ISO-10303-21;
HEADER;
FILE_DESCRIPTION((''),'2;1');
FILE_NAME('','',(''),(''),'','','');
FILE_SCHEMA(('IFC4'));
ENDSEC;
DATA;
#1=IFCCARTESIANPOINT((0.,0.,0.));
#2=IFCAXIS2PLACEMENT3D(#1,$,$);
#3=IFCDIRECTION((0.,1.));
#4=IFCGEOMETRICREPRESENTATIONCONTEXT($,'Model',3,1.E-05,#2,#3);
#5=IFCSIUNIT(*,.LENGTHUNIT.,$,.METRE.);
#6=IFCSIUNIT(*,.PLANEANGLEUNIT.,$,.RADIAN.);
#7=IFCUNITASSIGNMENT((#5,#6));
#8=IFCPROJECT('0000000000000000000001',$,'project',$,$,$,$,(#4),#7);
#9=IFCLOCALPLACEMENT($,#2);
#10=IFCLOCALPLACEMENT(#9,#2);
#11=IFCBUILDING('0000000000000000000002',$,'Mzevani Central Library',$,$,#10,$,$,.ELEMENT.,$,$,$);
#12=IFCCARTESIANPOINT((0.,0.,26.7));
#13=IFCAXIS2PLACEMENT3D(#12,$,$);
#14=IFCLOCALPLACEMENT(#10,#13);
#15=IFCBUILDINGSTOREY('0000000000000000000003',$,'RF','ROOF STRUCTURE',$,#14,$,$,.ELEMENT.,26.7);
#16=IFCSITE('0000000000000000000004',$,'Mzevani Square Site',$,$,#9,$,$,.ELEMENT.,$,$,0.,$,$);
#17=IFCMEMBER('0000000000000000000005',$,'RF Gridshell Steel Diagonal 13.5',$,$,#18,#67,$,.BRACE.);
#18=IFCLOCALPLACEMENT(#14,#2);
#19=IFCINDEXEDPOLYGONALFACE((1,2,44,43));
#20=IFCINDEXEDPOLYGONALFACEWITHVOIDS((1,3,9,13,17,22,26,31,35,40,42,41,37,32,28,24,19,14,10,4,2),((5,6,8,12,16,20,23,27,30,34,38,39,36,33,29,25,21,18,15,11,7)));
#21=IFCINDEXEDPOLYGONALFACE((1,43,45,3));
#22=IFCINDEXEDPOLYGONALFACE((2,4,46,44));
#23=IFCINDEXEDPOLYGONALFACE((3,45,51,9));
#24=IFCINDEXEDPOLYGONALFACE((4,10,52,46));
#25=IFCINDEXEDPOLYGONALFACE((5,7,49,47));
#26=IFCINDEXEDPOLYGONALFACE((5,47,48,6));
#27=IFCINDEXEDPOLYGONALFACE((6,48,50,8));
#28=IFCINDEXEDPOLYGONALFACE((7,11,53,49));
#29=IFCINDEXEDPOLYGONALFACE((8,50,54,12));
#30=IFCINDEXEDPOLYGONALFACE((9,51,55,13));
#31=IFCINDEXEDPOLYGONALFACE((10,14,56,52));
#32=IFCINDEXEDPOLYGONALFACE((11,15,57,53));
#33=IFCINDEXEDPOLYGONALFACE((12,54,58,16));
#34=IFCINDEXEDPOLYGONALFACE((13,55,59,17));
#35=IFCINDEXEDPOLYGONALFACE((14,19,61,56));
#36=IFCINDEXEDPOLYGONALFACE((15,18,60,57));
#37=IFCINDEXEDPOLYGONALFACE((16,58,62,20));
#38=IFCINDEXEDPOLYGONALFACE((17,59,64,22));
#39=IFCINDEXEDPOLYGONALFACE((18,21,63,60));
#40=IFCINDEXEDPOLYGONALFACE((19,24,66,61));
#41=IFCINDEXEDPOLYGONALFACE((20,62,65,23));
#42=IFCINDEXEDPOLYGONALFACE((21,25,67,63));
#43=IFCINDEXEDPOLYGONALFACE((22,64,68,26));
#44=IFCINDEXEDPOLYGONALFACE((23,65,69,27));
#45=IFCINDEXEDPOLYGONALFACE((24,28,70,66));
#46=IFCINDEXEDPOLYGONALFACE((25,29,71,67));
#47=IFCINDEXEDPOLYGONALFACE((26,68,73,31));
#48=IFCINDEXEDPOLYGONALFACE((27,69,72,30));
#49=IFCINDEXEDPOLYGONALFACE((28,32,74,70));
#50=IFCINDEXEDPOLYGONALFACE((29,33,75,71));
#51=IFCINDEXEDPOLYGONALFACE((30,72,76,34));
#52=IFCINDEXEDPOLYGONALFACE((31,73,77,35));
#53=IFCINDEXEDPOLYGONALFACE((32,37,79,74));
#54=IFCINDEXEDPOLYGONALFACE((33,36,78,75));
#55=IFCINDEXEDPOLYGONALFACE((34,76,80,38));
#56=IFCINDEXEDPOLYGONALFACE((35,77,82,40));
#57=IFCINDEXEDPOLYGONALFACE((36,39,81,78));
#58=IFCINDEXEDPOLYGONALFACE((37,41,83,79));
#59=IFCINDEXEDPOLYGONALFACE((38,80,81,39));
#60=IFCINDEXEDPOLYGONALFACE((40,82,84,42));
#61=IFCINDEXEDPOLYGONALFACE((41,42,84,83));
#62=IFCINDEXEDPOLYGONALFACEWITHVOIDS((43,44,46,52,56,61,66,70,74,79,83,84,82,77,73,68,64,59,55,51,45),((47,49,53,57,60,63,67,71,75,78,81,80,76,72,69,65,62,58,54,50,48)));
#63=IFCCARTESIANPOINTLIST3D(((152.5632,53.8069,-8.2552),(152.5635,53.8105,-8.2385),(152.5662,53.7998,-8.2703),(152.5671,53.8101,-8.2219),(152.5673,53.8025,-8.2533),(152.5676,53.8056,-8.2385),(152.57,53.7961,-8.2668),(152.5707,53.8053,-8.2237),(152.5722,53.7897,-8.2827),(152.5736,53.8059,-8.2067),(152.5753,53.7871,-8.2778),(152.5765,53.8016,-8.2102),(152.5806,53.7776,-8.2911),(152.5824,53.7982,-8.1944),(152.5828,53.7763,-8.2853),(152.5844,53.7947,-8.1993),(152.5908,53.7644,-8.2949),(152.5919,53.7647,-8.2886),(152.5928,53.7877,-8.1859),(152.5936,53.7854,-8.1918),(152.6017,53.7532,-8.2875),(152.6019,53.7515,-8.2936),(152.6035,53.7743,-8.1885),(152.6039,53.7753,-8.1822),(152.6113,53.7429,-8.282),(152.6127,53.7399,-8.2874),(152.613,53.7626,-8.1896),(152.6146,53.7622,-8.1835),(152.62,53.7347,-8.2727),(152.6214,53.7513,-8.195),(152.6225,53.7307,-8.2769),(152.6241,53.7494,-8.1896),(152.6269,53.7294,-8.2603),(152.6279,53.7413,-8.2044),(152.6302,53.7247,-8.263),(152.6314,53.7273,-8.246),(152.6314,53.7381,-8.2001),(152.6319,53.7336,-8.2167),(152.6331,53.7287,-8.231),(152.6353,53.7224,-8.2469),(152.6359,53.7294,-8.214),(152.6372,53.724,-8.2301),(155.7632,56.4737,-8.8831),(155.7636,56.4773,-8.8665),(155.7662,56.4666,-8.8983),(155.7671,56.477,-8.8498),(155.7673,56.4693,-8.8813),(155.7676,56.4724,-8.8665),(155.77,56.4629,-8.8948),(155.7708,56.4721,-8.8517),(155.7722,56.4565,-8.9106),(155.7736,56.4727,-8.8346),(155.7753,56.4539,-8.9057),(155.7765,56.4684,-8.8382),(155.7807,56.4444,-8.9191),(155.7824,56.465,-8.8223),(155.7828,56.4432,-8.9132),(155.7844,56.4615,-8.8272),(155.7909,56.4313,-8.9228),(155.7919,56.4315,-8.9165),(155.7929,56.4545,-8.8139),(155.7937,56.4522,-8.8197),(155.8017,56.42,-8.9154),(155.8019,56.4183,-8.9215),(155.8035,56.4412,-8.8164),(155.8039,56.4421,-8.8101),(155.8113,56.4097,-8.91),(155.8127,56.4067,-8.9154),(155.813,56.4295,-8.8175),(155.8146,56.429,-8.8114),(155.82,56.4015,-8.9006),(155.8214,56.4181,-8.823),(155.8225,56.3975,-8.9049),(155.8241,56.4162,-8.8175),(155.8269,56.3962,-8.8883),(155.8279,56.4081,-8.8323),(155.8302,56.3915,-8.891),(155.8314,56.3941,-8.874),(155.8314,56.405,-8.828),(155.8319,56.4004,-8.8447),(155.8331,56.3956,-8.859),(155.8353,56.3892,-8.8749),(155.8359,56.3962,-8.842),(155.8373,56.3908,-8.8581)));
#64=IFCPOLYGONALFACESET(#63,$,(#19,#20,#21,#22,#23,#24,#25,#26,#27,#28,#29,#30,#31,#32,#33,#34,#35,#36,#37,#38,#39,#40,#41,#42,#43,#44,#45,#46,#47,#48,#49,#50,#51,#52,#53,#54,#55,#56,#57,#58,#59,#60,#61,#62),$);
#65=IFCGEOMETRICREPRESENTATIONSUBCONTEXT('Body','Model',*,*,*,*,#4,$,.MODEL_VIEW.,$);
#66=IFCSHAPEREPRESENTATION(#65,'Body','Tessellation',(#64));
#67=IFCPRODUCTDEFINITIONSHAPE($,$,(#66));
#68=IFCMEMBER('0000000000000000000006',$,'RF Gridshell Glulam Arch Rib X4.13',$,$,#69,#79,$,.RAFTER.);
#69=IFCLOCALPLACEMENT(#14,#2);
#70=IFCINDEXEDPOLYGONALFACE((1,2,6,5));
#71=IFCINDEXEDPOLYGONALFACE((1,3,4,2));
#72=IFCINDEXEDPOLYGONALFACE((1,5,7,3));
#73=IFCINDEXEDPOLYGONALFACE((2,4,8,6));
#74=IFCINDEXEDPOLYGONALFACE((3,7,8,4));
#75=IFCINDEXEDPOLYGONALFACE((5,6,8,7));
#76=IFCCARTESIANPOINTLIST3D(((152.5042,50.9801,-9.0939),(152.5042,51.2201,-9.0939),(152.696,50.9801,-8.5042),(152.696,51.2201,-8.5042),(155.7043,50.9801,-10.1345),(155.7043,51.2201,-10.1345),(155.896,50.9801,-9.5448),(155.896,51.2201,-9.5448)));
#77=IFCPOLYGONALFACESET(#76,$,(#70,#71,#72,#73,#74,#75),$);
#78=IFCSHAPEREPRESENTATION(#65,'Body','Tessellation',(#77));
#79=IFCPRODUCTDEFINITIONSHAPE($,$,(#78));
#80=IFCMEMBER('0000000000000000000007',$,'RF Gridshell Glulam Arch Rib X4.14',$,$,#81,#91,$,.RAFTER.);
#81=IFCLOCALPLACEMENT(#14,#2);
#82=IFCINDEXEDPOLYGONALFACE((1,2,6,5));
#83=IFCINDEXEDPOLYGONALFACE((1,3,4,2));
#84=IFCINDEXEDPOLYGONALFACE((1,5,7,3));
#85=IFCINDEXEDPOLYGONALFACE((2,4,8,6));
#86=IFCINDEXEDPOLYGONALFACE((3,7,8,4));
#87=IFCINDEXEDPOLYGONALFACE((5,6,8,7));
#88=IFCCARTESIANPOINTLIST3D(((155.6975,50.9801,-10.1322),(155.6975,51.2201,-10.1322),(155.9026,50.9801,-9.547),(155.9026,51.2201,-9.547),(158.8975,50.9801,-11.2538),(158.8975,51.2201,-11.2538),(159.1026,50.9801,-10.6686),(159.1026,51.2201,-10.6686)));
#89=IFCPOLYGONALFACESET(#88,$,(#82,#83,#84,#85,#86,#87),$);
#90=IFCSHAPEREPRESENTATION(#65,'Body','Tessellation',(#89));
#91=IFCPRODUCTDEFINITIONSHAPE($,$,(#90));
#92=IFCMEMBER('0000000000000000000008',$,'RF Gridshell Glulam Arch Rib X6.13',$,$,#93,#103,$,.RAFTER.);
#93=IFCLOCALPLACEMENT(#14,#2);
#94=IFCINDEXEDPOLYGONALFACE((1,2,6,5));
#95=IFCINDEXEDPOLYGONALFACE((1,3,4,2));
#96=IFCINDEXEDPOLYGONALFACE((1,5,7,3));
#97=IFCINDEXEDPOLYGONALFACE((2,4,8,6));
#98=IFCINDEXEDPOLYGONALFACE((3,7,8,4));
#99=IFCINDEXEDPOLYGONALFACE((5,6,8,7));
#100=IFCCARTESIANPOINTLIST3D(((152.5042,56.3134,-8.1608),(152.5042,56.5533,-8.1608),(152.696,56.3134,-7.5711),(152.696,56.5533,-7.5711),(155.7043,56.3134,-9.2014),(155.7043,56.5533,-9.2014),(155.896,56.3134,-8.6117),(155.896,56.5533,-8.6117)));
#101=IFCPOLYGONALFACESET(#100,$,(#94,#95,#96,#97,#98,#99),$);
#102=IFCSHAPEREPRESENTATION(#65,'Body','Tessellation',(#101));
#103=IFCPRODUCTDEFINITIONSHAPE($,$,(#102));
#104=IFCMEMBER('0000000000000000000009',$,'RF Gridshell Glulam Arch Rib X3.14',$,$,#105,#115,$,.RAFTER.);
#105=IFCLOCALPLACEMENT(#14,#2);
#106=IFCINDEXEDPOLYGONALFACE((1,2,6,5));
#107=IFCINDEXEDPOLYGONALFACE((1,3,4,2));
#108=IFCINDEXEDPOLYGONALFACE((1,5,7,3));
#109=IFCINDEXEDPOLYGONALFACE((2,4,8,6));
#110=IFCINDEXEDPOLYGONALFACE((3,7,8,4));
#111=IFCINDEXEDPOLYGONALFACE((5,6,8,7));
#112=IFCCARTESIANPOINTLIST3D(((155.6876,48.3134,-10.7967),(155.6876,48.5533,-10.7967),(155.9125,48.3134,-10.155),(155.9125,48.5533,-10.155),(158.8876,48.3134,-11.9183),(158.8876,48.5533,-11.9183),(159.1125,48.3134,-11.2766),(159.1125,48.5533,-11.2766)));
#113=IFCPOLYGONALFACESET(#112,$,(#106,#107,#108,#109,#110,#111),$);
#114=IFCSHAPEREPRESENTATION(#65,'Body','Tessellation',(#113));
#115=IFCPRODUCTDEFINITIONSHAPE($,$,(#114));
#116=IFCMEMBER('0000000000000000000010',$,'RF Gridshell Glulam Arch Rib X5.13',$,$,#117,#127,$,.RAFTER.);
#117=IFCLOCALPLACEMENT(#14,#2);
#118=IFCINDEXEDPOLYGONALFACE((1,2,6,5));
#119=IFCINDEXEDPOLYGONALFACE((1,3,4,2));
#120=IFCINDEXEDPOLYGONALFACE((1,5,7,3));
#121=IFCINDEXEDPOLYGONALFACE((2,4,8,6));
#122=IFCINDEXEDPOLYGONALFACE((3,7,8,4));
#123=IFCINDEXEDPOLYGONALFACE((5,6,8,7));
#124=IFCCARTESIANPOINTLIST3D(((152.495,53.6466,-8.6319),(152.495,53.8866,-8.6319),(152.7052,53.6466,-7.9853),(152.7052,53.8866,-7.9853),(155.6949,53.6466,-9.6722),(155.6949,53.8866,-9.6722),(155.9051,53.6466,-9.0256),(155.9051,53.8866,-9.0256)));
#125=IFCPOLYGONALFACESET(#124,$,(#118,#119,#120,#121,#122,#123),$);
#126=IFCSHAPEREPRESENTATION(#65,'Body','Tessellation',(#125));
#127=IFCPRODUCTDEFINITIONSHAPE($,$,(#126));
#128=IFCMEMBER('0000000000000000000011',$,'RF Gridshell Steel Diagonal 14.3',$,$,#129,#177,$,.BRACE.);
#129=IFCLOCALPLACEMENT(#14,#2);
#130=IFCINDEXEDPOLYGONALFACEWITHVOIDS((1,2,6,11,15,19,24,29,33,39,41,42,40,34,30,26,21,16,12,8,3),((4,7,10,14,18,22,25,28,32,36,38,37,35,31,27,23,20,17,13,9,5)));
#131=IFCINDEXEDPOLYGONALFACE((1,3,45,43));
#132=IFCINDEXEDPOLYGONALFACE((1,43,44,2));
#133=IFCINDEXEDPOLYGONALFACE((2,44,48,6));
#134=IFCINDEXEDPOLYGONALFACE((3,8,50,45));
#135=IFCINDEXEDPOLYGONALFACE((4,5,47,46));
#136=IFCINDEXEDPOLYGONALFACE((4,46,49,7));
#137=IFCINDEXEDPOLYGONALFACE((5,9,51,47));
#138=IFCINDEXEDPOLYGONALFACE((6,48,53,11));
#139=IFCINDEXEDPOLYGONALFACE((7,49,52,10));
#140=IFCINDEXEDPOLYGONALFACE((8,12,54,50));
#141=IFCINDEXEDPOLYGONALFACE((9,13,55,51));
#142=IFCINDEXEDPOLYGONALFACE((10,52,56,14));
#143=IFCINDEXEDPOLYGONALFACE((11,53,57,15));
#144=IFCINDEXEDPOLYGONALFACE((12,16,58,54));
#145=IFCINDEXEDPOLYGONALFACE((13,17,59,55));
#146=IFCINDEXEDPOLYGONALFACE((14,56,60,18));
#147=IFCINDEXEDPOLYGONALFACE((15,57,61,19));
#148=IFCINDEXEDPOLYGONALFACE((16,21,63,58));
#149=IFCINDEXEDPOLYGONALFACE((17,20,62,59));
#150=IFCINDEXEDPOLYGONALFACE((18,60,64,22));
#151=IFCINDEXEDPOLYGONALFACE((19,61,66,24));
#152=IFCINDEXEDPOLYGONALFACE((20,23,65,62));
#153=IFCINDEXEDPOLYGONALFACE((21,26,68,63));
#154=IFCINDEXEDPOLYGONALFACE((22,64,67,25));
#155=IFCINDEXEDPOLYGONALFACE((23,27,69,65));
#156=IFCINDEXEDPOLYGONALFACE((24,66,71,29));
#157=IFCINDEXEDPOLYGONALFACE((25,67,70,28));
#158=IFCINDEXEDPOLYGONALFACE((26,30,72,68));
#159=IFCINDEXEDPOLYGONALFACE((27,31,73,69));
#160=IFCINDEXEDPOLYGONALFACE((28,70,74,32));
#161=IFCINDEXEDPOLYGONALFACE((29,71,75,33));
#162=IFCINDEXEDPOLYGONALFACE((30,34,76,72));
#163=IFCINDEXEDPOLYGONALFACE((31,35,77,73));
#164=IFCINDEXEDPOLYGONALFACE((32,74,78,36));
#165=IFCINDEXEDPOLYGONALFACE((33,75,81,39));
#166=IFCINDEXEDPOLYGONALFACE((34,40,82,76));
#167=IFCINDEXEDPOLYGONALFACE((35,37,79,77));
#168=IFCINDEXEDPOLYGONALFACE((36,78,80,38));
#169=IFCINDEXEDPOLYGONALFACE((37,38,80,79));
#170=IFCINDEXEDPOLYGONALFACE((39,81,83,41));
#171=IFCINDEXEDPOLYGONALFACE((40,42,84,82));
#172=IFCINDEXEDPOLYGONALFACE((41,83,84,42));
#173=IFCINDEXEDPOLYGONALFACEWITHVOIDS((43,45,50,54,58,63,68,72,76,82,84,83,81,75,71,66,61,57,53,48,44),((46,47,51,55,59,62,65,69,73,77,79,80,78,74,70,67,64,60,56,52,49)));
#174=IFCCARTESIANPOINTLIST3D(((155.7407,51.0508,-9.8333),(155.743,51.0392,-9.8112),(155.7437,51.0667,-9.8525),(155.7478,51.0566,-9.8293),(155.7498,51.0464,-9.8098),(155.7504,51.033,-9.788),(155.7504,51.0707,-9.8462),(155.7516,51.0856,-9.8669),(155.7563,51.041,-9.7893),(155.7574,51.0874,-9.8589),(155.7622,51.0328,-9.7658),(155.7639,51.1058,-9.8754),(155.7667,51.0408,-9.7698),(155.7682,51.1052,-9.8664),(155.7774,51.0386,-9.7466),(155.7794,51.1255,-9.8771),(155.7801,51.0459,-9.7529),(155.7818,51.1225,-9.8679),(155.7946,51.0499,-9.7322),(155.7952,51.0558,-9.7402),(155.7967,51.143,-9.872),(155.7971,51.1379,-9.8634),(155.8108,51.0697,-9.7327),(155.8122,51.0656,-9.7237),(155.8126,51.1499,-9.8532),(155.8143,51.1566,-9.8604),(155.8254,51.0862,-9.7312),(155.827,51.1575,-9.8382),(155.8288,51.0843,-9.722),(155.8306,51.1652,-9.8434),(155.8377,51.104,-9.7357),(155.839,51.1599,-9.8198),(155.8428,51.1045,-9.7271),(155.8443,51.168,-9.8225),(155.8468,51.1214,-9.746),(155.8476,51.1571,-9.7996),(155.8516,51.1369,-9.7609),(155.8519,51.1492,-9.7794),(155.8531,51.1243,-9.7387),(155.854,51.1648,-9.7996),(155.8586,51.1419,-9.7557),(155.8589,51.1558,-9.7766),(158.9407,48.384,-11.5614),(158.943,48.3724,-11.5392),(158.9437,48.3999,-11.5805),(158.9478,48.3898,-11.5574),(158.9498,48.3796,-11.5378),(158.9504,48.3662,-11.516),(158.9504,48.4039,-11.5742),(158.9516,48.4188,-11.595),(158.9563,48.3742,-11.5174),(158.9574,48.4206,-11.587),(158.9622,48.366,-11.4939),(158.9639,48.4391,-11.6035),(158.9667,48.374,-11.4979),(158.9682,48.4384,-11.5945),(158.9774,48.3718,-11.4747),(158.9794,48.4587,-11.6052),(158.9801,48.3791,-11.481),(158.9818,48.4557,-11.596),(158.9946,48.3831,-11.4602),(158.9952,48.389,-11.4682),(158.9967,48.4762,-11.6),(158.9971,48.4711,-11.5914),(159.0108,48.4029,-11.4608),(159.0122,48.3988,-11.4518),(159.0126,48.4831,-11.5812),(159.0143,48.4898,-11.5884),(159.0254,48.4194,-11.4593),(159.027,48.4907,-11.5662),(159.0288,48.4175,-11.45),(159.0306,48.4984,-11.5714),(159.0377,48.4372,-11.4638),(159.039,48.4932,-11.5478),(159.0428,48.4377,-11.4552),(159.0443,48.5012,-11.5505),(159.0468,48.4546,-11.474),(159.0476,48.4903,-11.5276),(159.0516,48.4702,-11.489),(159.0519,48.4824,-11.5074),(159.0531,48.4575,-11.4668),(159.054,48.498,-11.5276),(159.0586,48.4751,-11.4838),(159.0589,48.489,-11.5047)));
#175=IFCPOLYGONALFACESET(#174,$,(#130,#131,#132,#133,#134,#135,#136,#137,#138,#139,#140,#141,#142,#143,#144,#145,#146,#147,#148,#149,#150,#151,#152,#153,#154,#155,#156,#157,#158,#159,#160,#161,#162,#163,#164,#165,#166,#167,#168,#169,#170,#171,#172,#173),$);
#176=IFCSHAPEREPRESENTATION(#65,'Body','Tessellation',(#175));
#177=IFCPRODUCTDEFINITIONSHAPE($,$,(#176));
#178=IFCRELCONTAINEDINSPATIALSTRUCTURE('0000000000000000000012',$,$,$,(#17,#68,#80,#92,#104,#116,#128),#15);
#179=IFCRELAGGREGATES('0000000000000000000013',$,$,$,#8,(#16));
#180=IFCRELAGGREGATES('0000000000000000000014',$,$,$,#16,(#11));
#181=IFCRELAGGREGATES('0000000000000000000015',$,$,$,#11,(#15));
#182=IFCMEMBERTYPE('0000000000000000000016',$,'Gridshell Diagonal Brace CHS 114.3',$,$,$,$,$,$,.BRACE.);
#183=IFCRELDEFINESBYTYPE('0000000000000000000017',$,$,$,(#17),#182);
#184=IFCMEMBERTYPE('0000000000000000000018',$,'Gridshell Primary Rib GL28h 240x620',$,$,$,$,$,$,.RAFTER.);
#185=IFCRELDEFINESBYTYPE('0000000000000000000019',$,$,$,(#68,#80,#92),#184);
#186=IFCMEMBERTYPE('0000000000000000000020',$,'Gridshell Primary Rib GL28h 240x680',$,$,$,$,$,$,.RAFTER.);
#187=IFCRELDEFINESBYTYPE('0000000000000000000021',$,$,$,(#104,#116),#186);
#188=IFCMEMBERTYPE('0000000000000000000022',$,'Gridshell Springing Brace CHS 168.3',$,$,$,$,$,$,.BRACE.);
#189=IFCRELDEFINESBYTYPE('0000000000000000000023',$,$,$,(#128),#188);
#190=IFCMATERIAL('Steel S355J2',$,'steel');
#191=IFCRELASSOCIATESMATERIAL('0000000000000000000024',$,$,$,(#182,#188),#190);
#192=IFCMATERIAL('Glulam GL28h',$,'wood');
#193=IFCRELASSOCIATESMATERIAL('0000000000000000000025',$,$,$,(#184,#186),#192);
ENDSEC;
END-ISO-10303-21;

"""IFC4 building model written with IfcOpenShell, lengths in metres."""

from ifc_helpers import new_model, si_unit, direction, frame, origin, origin_2d, place, context, subcontext, project, spatial, rectangle, hollow_circle, extrude, material, material_profile, profile_set, type_object, element, save


model = new_model("IFC4")

# Units and contexts
model_context = context("Model", 3, precision=1e-05, world=origin(), true_north=direction((0.0, 1.0)))
body_context = subcontext(model_context, "Body", "Model", "MODEL_VIEW")
ifc_project = project(units=[si_unit("LENGTHUNIT", "METRE"), si_unit("PLANEANGLEUNIT", "RADIAN")], contexts=[model_context])

# Site, building, storey
site_placement = place(None, origin())
site = spatial("IfcSite", under=ifc_project, at=site_placement, Name="Mzevani Square Site", CompositionType="ELEMENT", RefElevation=0.0)
building_placement = place(site_placement, origin())
building = spatial("IfcBuilding", under=site, at=building_placement, Name="Mzevani Central Library", CompositionType="ELEMENT")
storey_placement = place(building_placement, frame((0.0, 0.0, 26.7)))
storey = spatial("IfcBuildingStorey", under=building, at=storey_placement, Name="RF", Description="ROOF STRUCTURE", CompositionType="ELEMENT", Elevation=26.7)

# Members
ifc_material_1 = material(Name="Steel S355J2", Category="steel")
ifc_material_profile_1 = material_profile(ifc_material_1, hollow_circle(Radius=0.0571, WallThickness=0.0063, at=origin_2d()), Name="CHS 114.3x6.3")
ifc_profile_set_1 = profile_set([ifc_material_profile_1], Name="Steel S355J2")
member_type_1 = type_object("IfcMemberType", Name="Gridshell Diagonal Brace CHS 114.3", PredefinedType="BRACE", material=ifc_profile_set_1)
member_1_placement = place(storey_placement, frame((152.6001, 53.7666, -8.2385), z_axis=(0.759624, 0.633049, -0.149062), x_axis=(-0.640202, 0.768207, 0.0)))
element("IfcMember", 1, at=member_1_placement, inside=storey, type_object=member_type_1, Name="RF Gridshell Steel Diagonal 13.5", PredefinedType="BRACE", context=body_context, shape_type="SweptSolid", body=[
    extrude(hollow_circle(Radius=0.0571, WallThickness=0.0063, at=origin_2d()), origin(), (0.0, 0.0, 1.0), 4.2126),
])
ifc_material_2 = material(Name="Glulam GL28h", Category="wood")
ifc_material_profile_2 = material_profile(ifc_material_2, rectangle(XDim=0.24, YDim=0.6201, at=origin_2d()), Name="GL28h 240x620")
ifc_profile_set_2 = profile_set([ifc_material_profile_2], Name="Glulam GL28h")
member_type_2 = type_object("IfcMemberType", Name="Gridshell Primary Rib GL28h 240x620", PredefinedType="RAFTER", material=ifc_profile_set_2)
member_2_placement = place(storey_placement, frame((152.6001, 51.1001, -8.7991), z_axis=(0.950987, 0.0, -0.309232), x_axis=(0.0, 1.0, 0.0)))
element("IfcMember", 2, at=member_2_placement, inside=storey, type_object=member_type_2, Name="RF Gridshell Glulam Arch Rib X4.13", PredefinedType="RAFTER", context=body_context, shape_type="SweptSolid", body=[
    extrude(rectangle(XDim=0.24, YDim=0.6201, at=origin_2d()), origin(), (0.0, 0.0, 1.0), 3.365),
])
member_3_placement = place(storey_placement, frame((155.8, 51.1001, -9.8396), z_axis=(0.943711, 0.0, -0.330771), x_axis=(0.0, 1.0, 0.0)))
element("IfcMember", 3, at=member_3_placement, inside=storey, type_object=member_type_2, Name="RF Gridshell Glulam Arch Rib X4.14", PredefinedType="RAFTER", context=body_context, shape_type="SweptSolid", body=[
    extrude(rectangle(XDim=0.24, YDim=0.6201, at=origin_2d()), origin(), (0.0, 0.0, 1.0), 3.3909),
])
member_4_placement = place(storey_placement, frame((152.6001, 56.4333, -7.866), z_axis=(0.950987, 0.0, -0.309232), x_axis=(0.0, 1.0, 0.0)))
element("IfcMember", 4, at=member_4_placement, inside=storey, type_object=member_type_2, Name="RF Gridshell Glulam Arch Rib X6.13", PredefinedType="RAFTER", context=body_context, shape_type="SweptSolid", body=[
    extrude(rectangle(XDim=0.24, YDim=0.6201, at=origin_2d()), origin(), (0.0, 0.0, 1.0), 3.365),
])
ifc_material_profile_3 = material_profile(ifc_material_2, rectangle(XDim=0.24, YDim=0.6799, at=origin_2d()), Name="GL28h 240x680")
ifc_profile_set_3 = profile_set([ifc_material_profile_3], Name="Glulam GL28h")
member_type_3 = type_object("IfcMemberType", Name="Gridshell Primary Rib GL28h 240x680", PredefinedType="RAFTER", material=ifc_profile_set_3)
member_5_placement = place(storey_placement, frame((155.8, 48.4333, -10.4758), z_axis=(0.943711, 0.0, -0.330771), x_axis=(0.0, 1.0, 0.0)))
element("IfcMember", 5, at=member_5_placement, inside=storey, type_object=member_type_3, Name="RF Gridshell Glulam Arch Rib X3.14", PredefinedType="RAFTER", context=body_context, shape_type="SweptSolid", body=[
    extrude(rectangle(XDim=0.24, YDim=0.6799, at=origin_2d()), origin(), (0.0, 0.0, 1.0), 3.3909),
])
member_6_placement = place(storey_placement, frame((152.6001, 53.7666, -8.3086), z_axis=(0.951008, 0.0, -0.309166), x_axis=(0.0, 1.0, 0.0)))
element("IfcMember", 6, at=member_6_placement, inside=storey, type_object=member_type_3, Name="RF Gridshell Glulam Arch Rib X5.13", PredefinedType="RAFTER", context=body_context, shape_type="SweptSolid", body=[
    extrude(rectangle(XDim=0.24, YDim=0.6799, at=origin_2d()), origin(), (0.0, 0.0, 1.0), 3.3647),
])
ifc_material_profile_4 = material_profile(ifc_material_1, hollow_circle(Radius=0.0842, WallThickness=0.01, at=origin_2d()), Name="CHS 168.3x10.0")
ifc_profile_set_4 = profile_set([ifc_material_profile_4], Name="Steel S355J2")
member_type_4 = type_object("IfcMemberType", Name="Gridshell Springing Brace CHS 168.3", PredefinedType="BRACE", material=ifc_profile_set_4)
member_7_placement = place(storey_placement, frame((155.8, 51.1001, -9.7996), z_axis=(0.709572, -0.591337, -0.383181), x_axis=(0.640202, 0.768207, 0.0)))
element("IfcMember", 7, at=member_7_placement, inside=storey, type_object=member_type_4, Name="RF Gridshell Steel Diagonal 14.3", PredefinedType="BRACE", context=body_context, shape_type="SweptSolid", body=[
    extrude(hollow_circle(Radius=0.0842, WallThickness=0.01, at=origin_2d()), origin(), (0.0, 0.0, 1.0), 4.5098),
])

save(model, "model.ifc")
